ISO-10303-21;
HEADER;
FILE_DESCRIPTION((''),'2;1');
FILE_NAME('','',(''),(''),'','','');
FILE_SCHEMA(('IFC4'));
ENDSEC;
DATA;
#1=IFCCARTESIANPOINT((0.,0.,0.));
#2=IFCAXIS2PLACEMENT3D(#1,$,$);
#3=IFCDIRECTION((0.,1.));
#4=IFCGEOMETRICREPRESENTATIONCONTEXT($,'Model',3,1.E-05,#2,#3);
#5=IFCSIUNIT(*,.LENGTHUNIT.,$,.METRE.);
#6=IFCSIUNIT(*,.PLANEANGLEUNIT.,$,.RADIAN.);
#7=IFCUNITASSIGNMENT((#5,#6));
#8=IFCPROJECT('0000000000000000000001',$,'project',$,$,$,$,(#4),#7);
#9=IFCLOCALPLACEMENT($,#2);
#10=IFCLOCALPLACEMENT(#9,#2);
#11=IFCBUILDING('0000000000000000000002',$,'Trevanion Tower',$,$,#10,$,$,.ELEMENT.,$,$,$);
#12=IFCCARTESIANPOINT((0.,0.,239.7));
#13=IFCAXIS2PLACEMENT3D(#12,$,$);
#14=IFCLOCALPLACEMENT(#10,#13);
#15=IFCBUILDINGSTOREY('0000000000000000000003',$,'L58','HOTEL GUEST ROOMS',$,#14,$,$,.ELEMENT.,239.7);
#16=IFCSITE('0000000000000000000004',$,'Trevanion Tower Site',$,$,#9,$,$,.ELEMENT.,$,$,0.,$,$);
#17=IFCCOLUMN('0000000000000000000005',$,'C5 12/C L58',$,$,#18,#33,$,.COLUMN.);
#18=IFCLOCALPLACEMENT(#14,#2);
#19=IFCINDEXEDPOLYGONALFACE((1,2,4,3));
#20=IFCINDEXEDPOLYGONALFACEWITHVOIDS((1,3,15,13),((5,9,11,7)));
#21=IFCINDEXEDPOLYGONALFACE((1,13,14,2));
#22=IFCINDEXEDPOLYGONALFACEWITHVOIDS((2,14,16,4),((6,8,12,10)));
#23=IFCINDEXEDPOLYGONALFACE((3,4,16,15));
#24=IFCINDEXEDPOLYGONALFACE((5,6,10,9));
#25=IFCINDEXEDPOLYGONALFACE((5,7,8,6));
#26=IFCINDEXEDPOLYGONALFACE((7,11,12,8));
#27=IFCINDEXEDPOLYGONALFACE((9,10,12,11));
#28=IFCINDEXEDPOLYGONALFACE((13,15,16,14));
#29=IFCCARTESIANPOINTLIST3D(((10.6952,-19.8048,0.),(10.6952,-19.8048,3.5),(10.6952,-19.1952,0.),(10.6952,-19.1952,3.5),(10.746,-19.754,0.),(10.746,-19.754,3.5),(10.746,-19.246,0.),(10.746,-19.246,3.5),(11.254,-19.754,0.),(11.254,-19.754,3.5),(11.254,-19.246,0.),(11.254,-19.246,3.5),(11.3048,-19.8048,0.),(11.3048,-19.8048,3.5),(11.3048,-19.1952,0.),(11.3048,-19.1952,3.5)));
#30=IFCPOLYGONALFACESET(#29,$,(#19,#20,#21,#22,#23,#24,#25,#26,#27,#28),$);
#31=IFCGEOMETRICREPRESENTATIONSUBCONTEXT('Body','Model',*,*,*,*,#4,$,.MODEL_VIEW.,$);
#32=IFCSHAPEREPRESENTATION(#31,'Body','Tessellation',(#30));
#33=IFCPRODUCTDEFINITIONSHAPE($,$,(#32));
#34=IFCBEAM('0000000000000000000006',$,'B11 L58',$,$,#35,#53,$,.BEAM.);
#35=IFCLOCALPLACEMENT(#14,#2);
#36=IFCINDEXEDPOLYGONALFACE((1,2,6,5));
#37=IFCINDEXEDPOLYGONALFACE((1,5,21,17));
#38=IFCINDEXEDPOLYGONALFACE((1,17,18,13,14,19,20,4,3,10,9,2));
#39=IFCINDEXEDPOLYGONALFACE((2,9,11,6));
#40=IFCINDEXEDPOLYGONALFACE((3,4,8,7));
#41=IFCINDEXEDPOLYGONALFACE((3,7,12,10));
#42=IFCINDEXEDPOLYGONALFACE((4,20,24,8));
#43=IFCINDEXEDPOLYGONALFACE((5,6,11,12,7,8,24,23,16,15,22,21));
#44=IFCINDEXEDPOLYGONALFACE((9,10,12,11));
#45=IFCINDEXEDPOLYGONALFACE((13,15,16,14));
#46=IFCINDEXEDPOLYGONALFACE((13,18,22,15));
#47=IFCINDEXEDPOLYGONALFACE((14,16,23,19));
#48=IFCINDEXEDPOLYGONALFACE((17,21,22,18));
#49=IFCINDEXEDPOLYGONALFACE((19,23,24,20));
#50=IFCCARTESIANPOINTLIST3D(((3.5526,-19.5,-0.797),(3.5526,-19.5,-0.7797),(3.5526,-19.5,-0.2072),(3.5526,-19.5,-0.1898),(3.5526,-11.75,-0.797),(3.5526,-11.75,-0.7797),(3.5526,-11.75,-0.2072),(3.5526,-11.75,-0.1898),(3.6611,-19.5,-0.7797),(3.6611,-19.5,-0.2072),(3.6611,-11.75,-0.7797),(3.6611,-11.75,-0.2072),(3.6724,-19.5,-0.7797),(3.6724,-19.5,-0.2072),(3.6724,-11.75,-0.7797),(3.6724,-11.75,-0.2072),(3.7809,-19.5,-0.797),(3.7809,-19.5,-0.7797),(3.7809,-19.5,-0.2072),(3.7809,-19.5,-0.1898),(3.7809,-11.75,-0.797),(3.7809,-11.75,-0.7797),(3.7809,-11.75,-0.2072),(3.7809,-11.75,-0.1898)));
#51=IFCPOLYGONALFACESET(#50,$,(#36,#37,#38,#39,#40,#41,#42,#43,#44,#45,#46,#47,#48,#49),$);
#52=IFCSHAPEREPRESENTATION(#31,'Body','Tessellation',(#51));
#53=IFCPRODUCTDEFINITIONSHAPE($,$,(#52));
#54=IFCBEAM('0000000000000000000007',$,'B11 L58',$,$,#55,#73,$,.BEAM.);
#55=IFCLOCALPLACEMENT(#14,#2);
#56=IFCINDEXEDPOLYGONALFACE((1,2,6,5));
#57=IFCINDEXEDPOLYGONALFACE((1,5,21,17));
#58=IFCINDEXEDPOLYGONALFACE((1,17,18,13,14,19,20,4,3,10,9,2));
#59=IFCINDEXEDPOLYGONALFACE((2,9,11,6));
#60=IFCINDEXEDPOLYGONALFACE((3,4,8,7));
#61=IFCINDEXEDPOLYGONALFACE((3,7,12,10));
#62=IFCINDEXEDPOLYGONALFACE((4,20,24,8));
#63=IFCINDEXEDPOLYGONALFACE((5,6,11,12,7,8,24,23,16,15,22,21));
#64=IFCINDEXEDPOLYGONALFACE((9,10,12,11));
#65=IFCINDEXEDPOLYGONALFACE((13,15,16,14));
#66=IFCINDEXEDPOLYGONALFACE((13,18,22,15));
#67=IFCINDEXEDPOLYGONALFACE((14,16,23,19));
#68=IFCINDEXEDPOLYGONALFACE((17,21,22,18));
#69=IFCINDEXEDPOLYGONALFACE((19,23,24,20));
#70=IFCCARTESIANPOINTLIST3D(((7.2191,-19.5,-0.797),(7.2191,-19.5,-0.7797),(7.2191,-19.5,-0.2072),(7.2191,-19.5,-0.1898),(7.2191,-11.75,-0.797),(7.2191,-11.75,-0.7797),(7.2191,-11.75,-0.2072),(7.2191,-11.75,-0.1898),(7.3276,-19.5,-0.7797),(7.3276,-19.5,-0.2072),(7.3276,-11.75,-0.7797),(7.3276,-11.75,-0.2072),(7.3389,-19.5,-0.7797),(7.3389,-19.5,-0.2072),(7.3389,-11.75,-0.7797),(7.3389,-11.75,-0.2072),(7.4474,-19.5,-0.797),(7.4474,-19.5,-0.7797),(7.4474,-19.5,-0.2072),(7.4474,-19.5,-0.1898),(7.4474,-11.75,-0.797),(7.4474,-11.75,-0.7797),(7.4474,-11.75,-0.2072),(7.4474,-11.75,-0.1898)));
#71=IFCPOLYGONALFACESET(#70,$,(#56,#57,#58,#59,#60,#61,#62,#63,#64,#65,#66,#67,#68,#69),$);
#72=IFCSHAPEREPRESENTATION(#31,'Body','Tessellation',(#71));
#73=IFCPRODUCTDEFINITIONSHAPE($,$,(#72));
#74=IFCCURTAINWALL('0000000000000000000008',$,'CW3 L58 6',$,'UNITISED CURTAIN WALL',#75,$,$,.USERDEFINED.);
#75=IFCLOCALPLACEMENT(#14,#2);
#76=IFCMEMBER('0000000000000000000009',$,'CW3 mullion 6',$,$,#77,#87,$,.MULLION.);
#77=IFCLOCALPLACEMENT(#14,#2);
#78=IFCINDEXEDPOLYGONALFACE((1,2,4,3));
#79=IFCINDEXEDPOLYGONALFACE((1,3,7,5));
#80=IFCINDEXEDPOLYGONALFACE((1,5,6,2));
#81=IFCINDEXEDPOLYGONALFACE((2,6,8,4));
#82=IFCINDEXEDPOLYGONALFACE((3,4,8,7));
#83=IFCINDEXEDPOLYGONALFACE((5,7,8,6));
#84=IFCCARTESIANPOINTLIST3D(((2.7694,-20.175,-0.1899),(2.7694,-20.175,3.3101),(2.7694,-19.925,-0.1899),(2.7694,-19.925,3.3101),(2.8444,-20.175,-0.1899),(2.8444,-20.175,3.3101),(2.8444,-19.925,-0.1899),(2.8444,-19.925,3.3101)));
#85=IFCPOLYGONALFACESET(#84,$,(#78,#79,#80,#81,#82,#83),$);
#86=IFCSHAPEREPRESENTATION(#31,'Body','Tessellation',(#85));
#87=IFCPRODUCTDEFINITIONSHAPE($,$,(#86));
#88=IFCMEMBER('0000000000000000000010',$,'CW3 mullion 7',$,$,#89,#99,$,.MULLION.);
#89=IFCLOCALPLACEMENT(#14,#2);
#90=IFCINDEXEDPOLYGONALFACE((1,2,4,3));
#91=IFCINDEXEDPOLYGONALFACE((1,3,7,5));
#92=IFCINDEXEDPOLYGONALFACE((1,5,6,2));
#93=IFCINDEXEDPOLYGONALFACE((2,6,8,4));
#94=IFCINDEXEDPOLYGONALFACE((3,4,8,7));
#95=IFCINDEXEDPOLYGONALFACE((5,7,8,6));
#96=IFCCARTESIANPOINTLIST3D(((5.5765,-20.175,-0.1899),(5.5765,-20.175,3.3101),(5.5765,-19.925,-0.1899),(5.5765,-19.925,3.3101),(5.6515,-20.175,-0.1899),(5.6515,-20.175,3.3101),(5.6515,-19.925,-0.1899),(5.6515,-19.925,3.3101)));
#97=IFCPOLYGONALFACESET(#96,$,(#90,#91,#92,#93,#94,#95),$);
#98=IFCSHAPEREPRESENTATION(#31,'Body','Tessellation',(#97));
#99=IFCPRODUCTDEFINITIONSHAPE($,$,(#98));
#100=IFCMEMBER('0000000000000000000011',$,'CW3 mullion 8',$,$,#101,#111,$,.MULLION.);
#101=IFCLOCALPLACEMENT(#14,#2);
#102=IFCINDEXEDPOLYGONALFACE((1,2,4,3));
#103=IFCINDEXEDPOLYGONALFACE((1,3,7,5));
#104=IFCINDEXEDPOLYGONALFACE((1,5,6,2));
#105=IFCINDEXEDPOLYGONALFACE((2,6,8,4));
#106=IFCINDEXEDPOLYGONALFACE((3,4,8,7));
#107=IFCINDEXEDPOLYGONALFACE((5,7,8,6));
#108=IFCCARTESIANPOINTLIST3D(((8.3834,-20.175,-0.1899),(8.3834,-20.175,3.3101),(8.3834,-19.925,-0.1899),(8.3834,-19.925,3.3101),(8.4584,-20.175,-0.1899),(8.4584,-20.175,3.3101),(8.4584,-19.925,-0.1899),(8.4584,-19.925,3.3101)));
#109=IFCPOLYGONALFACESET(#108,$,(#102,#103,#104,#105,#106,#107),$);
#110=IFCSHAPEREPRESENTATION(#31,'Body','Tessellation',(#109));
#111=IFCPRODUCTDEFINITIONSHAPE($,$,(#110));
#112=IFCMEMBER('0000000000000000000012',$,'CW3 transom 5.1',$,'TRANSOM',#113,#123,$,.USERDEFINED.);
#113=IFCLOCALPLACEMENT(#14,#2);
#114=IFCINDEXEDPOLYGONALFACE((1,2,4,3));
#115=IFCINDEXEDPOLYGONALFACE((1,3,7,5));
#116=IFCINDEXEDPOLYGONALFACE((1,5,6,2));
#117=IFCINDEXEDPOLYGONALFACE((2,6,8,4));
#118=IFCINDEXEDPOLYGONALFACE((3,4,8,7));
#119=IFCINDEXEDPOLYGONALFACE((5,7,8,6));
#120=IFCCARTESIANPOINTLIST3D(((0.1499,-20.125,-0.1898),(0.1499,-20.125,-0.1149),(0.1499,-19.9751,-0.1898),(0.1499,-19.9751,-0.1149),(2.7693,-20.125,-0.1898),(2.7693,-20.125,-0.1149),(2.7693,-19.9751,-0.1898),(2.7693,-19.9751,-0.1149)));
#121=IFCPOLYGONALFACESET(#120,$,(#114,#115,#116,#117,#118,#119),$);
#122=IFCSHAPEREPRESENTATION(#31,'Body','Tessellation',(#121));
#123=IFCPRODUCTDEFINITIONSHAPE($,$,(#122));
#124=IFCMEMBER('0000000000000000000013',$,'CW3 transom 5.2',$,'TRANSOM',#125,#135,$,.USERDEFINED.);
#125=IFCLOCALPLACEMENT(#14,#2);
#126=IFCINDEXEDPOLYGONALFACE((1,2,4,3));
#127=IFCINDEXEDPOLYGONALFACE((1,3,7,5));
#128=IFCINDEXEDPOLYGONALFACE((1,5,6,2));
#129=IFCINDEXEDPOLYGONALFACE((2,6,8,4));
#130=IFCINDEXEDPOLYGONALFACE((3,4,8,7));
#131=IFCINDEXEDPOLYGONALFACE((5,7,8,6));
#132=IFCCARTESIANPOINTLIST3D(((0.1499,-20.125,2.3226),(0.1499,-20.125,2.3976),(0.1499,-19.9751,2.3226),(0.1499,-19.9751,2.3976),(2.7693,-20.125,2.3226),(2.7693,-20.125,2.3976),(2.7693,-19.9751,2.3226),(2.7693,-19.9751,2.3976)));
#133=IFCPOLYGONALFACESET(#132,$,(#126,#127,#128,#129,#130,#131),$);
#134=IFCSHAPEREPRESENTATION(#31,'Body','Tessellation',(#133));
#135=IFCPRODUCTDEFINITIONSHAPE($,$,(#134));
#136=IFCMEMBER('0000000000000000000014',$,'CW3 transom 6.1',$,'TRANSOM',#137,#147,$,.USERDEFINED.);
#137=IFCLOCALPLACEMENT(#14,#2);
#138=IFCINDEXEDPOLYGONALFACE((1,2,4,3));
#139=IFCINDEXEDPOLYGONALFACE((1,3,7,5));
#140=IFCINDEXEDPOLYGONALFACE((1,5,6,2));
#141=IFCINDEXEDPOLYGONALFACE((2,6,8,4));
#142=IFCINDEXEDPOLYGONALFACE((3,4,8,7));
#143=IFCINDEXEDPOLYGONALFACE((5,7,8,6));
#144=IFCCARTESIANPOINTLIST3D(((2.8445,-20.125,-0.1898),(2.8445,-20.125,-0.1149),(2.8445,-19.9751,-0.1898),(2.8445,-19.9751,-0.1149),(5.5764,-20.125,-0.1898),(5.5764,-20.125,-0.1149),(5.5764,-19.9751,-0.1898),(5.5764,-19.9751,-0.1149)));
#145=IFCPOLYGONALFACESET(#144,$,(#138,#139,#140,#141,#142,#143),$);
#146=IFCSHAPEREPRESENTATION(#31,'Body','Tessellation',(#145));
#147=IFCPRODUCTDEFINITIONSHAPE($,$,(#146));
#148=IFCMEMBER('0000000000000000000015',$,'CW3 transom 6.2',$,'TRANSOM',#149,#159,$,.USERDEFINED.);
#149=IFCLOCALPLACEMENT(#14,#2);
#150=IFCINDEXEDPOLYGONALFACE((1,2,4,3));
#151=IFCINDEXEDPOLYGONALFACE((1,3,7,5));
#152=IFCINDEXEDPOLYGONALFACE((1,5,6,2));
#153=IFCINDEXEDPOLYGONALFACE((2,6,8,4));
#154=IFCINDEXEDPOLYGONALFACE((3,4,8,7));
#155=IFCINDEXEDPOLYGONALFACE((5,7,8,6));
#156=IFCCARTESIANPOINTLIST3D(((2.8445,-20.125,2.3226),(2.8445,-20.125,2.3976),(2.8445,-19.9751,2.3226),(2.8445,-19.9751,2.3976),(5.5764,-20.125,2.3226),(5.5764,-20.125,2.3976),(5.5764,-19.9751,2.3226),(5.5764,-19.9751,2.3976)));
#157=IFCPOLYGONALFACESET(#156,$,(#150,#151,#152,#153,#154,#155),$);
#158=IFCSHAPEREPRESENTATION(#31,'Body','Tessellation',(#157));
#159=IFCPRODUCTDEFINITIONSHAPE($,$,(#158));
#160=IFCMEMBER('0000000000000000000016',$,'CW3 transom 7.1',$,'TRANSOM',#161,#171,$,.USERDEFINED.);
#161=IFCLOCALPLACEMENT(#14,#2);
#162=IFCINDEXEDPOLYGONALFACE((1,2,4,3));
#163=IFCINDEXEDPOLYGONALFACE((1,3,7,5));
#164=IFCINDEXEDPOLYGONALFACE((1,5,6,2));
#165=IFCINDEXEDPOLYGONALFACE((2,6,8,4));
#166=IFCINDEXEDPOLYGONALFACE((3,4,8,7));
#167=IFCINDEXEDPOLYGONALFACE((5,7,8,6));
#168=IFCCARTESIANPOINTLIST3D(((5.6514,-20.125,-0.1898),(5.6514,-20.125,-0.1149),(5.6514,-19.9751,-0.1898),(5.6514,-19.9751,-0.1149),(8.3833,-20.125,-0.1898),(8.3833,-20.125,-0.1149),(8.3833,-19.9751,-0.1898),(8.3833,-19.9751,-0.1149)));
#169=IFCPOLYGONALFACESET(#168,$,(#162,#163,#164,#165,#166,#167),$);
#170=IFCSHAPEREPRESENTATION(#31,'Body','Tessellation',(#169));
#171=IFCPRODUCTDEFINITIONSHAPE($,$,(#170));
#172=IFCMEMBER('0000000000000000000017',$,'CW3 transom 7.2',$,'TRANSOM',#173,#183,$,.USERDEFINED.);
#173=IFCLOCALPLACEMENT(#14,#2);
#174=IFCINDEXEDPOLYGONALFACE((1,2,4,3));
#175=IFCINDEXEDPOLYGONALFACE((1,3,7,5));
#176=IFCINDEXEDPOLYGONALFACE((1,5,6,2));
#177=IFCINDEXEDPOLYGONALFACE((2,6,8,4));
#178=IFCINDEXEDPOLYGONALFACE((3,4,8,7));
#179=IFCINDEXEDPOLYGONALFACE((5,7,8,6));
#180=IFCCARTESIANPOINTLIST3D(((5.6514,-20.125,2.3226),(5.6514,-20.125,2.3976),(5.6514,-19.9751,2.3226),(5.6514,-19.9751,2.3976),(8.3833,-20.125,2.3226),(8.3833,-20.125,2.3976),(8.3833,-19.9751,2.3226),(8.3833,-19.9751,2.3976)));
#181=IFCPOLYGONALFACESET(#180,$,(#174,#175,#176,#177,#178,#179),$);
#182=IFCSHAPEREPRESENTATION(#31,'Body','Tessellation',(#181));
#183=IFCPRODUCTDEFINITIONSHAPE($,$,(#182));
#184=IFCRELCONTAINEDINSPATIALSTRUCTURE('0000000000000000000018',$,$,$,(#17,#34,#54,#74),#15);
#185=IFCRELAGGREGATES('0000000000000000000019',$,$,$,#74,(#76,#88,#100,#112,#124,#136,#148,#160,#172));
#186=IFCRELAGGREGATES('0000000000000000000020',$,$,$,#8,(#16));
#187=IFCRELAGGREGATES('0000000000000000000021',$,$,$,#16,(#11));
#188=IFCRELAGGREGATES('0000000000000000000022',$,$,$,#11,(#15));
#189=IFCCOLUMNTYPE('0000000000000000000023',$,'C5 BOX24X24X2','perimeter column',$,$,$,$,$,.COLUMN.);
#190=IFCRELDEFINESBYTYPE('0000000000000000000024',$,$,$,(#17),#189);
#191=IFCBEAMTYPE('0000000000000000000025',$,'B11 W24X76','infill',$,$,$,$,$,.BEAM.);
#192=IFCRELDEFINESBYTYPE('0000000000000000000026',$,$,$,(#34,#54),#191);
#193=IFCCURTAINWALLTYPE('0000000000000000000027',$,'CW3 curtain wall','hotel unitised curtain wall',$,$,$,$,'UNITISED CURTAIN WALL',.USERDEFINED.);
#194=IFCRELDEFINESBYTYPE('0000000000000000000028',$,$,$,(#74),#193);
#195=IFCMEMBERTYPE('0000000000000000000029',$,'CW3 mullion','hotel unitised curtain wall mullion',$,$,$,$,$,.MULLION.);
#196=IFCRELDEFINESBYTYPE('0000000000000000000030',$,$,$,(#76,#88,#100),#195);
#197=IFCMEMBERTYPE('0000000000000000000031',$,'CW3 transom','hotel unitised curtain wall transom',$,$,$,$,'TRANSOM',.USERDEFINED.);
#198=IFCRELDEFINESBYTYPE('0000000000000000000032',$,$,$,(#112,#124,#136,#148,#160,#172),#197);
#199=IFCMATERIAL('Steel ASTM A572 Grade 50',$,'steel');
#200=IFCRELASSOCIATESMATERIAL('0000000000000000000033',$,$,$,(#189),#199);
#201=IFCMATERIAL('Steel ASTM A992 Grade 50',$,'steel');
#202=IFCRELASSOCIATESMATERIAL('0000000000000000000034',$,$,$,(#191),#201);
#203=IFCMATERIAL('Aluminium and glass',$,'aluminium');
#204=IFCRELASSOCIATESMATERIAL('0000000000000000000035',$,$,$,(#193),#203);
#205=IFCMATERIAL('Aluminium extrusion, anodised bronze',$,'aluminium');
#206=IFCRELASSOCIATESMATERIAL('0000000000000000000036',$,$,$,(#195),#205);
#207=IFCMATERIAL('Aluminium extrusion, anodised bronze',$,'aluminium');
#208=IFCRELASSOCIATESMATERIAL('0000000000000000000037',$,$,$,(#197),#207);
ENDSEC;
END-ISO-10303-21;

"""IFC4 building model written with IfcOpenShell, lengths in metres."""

from ifc_helpers import new_model, si_unit, direction, frame, origin, origin_2d, place, context, subcontext, project, spatial, rectangle, hollow_rectangle, i_section, extrude, material, material_profile, profile_set, type_object, element, aggregate, save


model = new_model("IFC4")

# Units and contexts
model_context = context("Model", 3, precision=1e-05, world=origin(), true_north=direction((0.0, 1.0)))
body_context = subcontext(model_context, "Body", "Model", "MODEL_VIEW")
ifc_project = project(units=[si_unit("LENGTHUNIT", "METRE"), si_unit("PLANEANGLEUNIT", "RADIAN")], contexts=[model_context])

# Site, building, storey
site_placement = place(None, origin())
site = spatial("IfcSite", under=ifc_project, at=site_placement, Name="Trevanion Tower Site", CompositionType="ELEMENT", RefElevation=0.0)
building_placement = place(site_placement, origin())
building = spatial("IfcBuilding", under=site, at=building_placement, Name="Trevanion Tower", CompositionType="ELEMENT")
storey_placement = place(building_placement, frame((0.0, 0.0, 239.7)))
storey = spatial("IfcBuildingStorey", under=building, at=storey_placement, Name="L58", Description="HOTEL GUEST ROOMS", CompositionType="ELEMENT", Elevation=239.7)

# Column
ifc_material_1 = material(Name="Steel ASTM A572 Grade 50", Category="steel")
ifc_material_profile_1 = material_profile(ifc_material_1, hollow_rectangle(XDim=0.6096, YDim=0.6096, WallThickness=0.0508, at=origin_2d()), Name="BOX24X24X2")
ifc_profile_set_1 = profile_set([ifc_material_profile_1], Name="Steel ASTM A572 Grade 50")
column_type = type_object("IfcColumnType", Name="C5 BOX24X24X2", Description="perimeter column", PredefinedType="COLUMN", material=ifc_profile_set_1)
column_placement = place(storey_placement, frame((11.0, -19.5, 0.0), z_axis=(0.0, 0.0, 1.0), x_axis=(1.0, 0.0, 0.0)))
element("IfcColumn", 1, at=column_placement, inside=storey, type_object=column_type, Name="C5 12/C L58", PredefinedType="COLUMN", context=body_context, shape_type="SweptSolid", body=[
    extrude(hollow_rectangle(XDim=0.6096, YDim=0.6096, WallThickness=0.0508, at=origin_2d()), origin(), (0.0, 0.0, 1.0), 3.5),
])

# Beams
ifc_material_2 = material(Name="Steel ASTM A992 Grade 50", Category="steel")
ifc_material_profile_2 = material_profile(ifc_material_2, i_section(OverallWidth=0.2283, OverallDepth=0.6072, WebThickness=0.0112, FlangeThickness=0.0173, at=origin_2d()), Name="W24X76")
ifc_profile_set_2 = profile_set([ifc_material_profile_2], Name="Steel ASTM A992 Grade 50")
beam_type_1 = type_object("IfcBeamType", Name="B11 W24X76", Description="infill", PredefinedType="BEAM", material=ifc_profile_set_2)
for number, where, z_axis, x_axis, name in (
    (2, (3.6667, -11.75, -0.4934), (0.0, -1.0, 0.0), (1.0, 0.0, 0.0), "B11 L58"),
    (3, (7.3333, -11.75, -0.4934), (0.0, -1.0, 0.0), (1.0, 0.0, 0.0), "B11 L58"),
):
    element("IfcBeam", number, at=place(storey_placement, frame(where, z_axis=z_axis, x_axis=x_axis)), inside=storey, type_object=beam_type_1, Name=name, PredefinedType="BEAM", context=body_context, shape_type="SweptSolid", body=[
        extrude(i_section(OverallWidth=0.2283, OverallDepth=0.6072, WebThickness=0.0112, FlangeThickness=0.0173, at=origin_2d()), origin(), (0.0, 0.0, 1.0), 7.75),
    ])

# Curtain wall, members
ifc_material_3 = material(Name="Aluminium and glass", Category="aluminium")
curtain_wall_type = type_object("IfcCurtainWallType", Name="CW3 curtain wall", Description="hotel unitised curtain wall", ElementType="UNITISED CURTAIN WALL", PredefinedType="USERDEFINED", material=ifc_material_3)
curtain_wall_placement = place(storey_placement, origin())
curtain_wall = element("IfcCurtainWall", 4, at=curtain_wall_placement, inside=storey, type_object=curtain_wall_type, Name="CW3 L58 6", ObjectType="UNITISED CURTAIN WALL", PredefinedType="USERDEFINED")
ifc_material_4 = material(Name="Aluminium extrusion, anodised bronze", Category="aluminium")
ifc_material_profile_3 = material_profile(ifc_material_4, rectangle(XDim=0.075, YDim=0.25, at=origin_2d()), Name="CW3 mullion")
ifc_profile_set_3 = profile_set([ifc_material_profile_3], Name="Aluminium extrusion, anodised bronze")
member_type_1 = type_object("IfcMemberType", Name="CW3 mullion", Description="hotel unitised curtain wall mullion", PredefinedType="MULLION", material=ifc_profile_set_3)
member_1_placement = place(storey_placement, frame((2.8069, -20.05, -0.1899), z_axis=(0.0, 0.0, 1.0), x_axis=(1.0, 0.0, 0.0)))
member_1 = element("IfcMember", 5, at=member_1_placement, type_object=member_type_1, Name="CW3 mullion 6", PredefinedType="MULLION", context=body_context, shape_type="SweptSolid", body=[
    extrude(rectangle(XDim=0.075, YDim=0.25, at=origin_2d()), origin(), (0.0, 0.0, 1.0), 3.5),
])
member_2_placement = place(storey_placement, frame((5.614, -20.05, -0.1899), z_axis=(0.0, 0.0, 1.0), x_axis=(1.0, 0.0, 0.0)))
member_2 = element("IfcMember", 6, at=member_2_placement, type_object=member_type_1, Name="CW3 mullion 7", PredefinedType="MULLION", context=body_context, shape_type="SweptSolid", body=[
    extrude(rectangle(XDim=0.075, YDim=0.25, at=origin_2d()), origin(), (0.0, 0.0, 1.0), 3.5),
])
member_3_placement = place(storey_placement, frame((8.4209, -20.05, -0.1899), z_axis=(0.0, 0.0, 1.0), x_axis=(1.0, 0.0, 0.0)))
member_3 = element("IfcMember", 7, at=member_3_placement, type_object=member_type_1, Name="CW3 mullion 8", PredefinedType="MULLION", context=body_context, shape_type="SweptSolid", body=[
    extrude(rectangle(XDim=0.075, YDim=0.25, at=origin_2d()), origin(), (0.0, 0.0, 1.0), 3.5),
])
ifc_material_5 = material(Name="Aluminium extrusion, anodised bronze", Category="aluminium")
ifc_material_profile_4 = material_profile(ifc_material_5, rectangle(XDim=0.1499, YDim=0.075, at=origin_2d()), Name="CW3 transom")
ifc_profile_set_4 = profile_set([ifc_material_profile_4], Name="Aluminium extrusion, anodised bronze")
member_type_2 = type_object("IfcMemberType", Name="CW3 transom", Description="hotel unitised curtain wall transom", ElementType="TRANSOM", PredefinedType="USERDEFINED", material=ifc_profile_set_4)
member_4_placement = place(storey_placement, frame((0.1499, -20.05, -0.1523), z_axis=(1.0, 0.0, 0.0), x_axis=(0.0, 1.0, 0.0)))
member_4 = element("IfcMember", 8, at=member_4_placement, type_object=member_type_2, Name="CW3 transom 5.1", ObjectType="TRANSOM", PredefinedType="USERDEFINED", context=body_context, shape_type="SweptSolid", body=[
    extrude(rectangle(XDim=0.1499, YDim=0.075, at=origin_2d()), origin(), (0.0, 0.0, 1.0), 2.6194),
])
member_5_placement = place(storey_placement, frame((0.1499, -20.05, 2.3601), z_axis=(1.0, 0.0, 0.0), x_axis=(0.0, 1.0, 0.0)))
member_5 = element("IfcMember", 9, at=member_5_placement, type_object=member_type_2, Name="CW3 transom 5.2", ObjectType="TRANSOM", PredefinedType="USERDEFINED", context=body_context, shape_type="SweptSolid", body=[
    extrude(rectangle(XDim=0.1499, YDim=0.075, at=origin_2d()), origin(), (0.0, 0.0, 1.0), 2.6194),
])
member_6_placement = place(storey_placement, frame((2.8445, -20.05, -0.1523), z_axis=(1.0, 0.0, 0.0), x_axis=(0.0, 1.0, 0.0)))
member_6 = element("IfcMember", 10, at=member_6_placement, type_object=member_type_2, Name="CW3 transom 6.1", ObjectType="TRANSOM", PredefinedType="USERDEFINED", context=body_context, shape_type="SweptSolid", body=[
    extrude(rectangle(XDim=0.1499, YDim=0.075, at=origin_2d()), origin(), (0.0, 0.0, 1.0), 2.7319),
])
member_7_placement = place(storey_placement, frame((2.8445, -20.05, 2.3601), z_axis=(1.0, 0.0, 0.0), x_axis=(0.0, 1.0, 0.0)))
member_7 = element("IfcMember", 11, at=member_7_placement, type_object=member_type_2, Name="CW3 transom 6.2", ObjectType="TRANSOM", PredefinedType="USERDEFINED", context=body_context, shape_type="SweptSolid", body=[
    extrude(rectangle(XDim=0.1499, YDim=0.075, at=origin_2d()), origin(), (0.0, 0.0, 1.0), 2.7319),
])
member_8_placement = place(storey_placement, frame((5.6514, -20.05, -0.1523), z_axis=(1.0, 0.0, 0.0), x_axis=(0.0, 1.0, 0.0)))
member_8 = element("IfcMember", 12, at=member_8_placement, type_object=member_type_2, Name="CW3 transom 7.1", ObjectType="TRANSOM", PredefinedType="USERDEFINED", context=body_context, shape_type="SweptSolid", body=[
    extrude(rectangle(XDim=0.1499, YDim=0.075, at=origin_2d()), origin(), (0.0, 0.0, 1.0), 2.7319),
])
member_9_placement = place(storey_placement, frame((5.6514, -20.05, 2.3601), z_axis=(1.0, 0.0, 0.0), x_axis=(0.0, 1.0, 0.0)))
member_9 = element("IfcMember", 13, at=member_9_placement, type_object=member_type_2, Name="CW3 transom 7.2", ObjectType="TRANSOM", PredefinedType="USERDEFINED", context=body_context, shape_type="SweptSolid", body=[
    extrude(rectangle(XDim=0.1499, YDim=0.075, at=origin_2d()), origin(), (0.0, 0.0, 1.0), 2.7319),
])

aggregate(curtain_wall, [member_1, member_2, member_3, member_4, member_5, member_6, member_7, member_8, member_9])

save(model, "model.ifc")
